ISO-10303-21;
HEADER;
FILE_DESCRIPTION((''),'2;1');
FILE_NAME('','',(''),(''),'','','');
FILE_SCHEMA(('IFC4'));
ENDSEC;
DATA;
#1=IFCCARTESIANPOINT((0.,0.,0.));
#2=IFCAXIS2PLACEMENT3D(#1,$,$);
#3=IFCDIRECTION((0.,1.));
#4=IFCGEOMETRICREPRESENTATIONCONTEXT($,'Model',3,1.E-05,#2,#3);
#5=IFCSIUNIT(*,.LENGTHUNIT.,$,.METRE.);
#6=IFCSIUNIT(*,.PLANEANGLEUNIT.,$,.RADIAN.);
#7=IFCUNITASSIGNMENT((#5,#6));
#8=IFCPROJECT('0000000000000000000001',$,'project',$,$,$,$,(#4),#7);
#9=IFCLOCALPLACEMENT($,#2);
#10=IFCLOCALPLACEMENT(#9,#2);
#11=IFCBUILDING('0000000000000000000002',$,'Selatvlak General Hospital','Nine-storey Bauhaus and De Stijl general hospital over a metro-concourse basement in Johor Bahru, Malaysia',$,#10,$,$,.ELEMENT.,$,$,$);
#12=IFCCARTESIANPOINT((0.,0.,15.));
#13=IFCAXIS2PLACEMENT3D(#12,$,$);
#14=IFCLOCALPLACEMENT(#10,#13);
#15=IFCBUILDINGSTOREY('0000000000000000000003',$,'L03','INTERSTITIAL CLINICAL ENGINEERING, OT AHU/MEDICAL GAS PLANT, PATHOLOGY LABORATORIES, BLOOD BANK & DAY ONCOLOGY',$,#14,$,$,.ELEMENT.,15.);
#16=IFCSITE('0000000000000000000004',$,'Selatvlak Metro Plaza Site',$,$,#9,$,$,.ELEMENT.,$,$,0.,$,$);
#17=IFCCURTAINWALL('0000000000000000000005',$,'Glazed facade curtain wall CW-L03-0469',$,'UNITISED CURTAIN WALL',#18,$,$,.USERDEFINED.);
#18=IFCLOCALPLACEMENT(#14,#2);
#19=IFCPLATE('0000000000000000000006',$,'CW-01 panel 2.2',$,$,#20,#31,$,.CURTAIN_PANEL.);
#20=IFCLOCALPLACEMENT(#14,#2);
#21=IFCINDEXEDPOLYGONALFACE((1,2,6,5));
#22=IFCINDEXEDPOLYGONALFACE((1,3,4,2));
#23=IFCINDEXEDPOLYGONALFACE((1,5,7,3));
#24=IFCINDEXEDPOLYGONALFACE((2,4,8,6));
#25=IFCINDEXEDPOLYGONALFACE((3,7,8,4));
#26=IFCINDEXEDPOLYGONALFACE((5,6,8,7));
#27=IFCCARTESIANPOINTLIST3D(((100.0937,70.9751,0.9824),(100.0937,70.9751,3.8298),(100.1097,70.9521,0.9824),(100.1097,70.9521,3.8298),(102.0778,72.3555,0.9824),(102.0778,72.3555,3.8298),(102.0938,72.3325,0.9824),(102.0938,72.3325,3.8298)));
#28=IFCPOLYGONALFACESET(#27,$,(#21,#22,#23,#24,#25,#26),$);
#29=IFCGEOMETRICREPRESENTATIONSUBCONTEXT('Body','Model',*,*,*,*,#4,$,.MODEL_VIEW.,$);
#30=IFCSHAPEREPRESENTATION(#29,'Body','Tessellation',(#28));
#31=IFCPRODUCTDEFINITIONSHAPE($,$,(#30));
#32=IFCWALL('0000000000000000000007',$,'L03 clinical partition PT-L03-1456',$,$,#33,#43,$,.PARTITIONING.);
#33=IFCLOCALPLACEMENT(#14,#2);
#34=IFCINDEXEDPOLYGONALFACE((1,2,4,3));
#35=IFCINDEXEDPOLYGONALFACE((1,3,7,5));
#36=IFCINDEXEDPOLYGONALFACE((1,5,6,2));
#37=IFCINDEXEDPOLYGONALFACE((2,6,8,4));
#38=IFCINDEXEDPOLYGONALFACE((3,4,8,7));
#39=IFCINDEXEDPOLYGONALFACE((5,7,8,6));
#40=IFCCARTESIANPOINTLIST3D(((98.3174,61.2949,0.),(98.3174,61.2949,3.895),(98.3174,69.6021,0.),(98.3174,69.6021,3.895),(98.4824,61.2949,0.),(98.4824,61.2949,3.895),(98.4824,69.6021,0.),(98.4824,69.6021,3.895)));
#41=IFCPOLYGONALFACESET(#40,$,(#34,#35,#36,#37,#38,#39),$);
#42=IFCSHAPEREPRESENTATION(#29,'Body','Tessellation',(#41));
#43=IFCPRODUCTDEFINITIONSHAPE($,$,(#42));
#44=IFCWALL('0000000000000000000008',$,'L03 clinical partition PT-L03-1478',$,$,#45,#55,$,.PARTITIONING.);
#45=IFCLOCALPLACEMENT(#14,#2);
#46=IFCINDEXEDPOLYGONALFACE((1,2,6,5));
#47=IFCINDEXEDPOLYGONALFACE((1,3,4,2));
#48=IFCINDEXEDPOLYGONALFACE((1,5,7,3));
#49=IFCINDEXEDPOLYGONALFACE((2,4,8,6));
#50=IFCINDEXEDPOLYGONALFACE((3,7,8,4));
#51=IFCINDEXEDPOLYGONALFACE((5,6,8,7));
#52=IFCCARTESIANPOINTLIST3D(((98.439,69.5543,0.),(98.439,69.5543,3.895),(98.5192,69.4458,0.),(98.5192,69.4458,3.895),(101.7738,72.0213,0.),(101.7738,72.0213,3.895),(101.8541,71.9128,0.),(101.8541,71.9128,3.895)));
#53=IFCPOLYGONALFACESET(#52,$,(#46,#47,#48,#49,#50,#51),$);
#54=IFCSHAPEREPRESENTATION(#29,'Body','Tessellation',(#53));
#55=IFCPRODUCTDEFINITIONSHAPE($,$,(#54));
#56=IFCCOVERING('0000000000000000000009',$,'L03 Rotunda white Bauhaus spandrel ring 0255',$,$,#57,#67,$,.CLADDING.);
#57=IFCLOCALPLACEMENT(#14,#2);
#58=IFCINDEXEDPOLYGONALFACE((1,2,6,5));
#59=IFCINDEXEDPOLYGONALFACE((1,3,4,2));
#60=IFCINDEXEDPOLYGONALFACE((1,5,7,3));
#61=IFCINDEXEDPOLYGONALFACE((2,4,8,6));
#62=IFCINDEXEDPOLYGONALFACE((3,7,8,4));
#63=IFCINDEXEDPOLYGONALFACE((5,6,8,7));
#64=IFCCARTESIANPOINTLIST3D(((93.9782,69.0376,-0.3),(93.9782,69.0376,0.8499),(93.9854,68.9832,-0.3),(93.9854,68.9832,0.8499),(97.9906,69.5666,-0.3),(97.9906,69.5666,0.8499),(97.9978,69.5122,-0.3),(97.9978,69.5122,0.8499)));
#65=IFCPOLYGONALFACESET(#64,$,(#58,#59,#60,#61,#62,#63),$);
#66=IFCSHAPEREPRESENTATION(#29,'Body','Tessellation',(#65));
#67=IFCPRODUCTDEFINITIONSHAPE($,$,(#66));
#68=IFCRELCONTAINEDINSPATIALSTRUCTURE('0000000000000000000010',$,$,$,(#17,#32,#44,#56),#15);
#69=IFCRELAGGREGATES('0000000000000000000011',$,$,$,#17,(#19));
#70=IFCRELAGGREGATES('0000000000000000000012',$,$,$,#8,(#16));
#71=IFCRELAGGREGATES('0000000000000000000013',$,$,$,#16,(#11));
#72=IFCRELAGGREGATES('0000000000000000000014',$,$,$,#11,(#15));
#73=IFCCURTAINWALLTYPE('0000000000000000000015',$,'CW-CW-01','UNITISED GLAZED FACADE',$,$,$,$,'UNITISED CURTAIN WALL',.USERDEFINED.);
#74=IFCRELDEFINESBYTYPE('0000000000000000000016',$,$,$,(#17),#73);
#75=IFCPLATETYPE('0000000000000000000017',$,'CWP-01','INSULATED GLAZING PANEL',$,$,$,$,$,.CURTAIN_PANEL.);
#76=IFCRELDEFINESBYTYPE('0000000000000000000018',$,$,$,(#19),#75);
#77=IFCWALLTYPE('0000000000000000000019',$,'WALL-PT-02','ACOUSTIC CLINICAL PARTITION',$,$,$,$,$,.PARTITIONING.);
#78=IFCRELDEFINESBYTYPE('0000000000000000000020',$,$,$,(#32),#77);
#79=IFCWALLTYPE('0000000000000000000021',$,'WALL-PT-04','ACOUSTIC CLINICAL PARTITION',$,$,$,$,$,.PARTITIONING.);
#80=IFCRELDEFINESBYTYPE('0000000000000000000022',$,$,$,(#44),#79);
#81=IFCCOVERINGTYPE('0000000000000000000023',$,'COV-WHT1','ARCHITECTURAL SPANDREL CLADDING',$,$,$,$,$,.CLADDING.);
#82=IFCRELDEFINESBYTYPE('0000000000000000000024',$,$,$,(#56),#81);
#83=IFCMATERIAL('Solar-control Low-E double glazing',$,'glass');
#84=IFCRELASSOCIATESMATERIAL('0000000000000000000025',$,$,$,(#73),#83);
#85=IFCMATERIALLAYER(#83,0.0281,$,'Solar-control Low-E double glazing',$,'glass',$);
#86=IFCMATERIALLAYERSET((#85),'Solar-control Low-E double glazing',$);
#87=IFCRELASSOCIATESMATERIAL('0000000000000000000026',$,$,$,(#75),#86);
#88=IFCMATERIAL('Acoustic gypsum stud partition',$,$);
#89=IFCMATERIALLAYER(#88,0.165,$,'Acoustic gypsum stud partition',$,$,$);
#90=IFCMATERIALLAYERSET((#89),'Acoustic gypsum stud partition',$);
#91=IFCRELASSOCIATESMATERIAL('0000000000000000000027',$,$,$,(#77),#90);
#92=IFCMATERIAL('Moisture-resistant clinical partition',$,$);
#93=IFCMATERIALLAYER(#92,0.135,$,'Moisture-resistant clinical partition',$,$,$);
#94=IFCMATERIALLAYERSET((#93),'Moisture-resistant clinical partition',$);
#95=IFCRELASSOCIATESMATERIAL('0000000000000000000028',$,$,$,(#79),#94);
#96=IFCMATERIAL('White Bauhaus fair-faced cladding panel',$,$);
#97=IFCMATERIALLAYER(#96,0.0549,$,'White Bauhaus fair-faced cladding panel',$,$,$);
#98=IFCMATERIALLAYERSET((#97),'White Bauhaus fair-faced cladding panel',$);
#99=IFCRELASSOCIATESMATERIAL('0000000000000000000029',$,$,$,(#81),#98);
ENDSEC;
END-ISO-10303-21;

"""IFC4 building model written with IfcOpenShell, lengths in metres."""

from ifc_helpers import new_model, si_unit, direction, frame, frame_2d, origin, origin_2d, place, context, subcontext, project, spatial, rectangle, extrude, material, layer, layer_set, type_object, element, aggregate, save


model = new_model("IFC4")

# Units and contexts
model_context = context("Model", 3, precision=1e-05, world=origin(), true_north=direction((0.0, 1.0)))
body_context = subcontext(model_context, "Body", "Model", "MODEL_VIEW")
ifc_project = project(units=[si_unit("LENGTHUNIT", "METRE"), si_unit("PLANEANGLEUNIT", "RADIAN")], contexts=[model_context])

# Site, building, storey
site_placement = place(None, origin())
site = spatial("IfcSite", under=ifc_project, at=site_placement, Name="Selatvlak Metro Plaza Site", CompositionType="ELEMENT", RefElevation=0.0)
building_placement = place(site_placement, origin())
building = spatial("IfcBuilding", under=site, at=building_placement, Name="Selatvlak General Hospital", Description="Nine-storey Bauhaus and De Stijl general hospital over a metro-concourse basement in Johor Bahru, Malaysia", CompositionType="ELEMENT")
storey_placement = place(building_placement, frame((0.0, 0.0, 15.0)))
storey = spatial("IfcBuildingStorey", under=building, at=storey_placement, Name="L03", Description="INTERSTITIAL CLINICAL ENGINEERING, OT AHU/MEDICAL GAS PLANT, PATHOLOGY LABORATORIES, BLOOD BANK & DAY ONCOLOGY", CompositionType="ELEMENT", Elevation=15.0)

# Curtain wall
ifc_material_1 = material(Name="Solar-control Low-E double glazing", Category="glass")
curtain_wall_type_1 = type_object("IfcCurtainWallType", Name="CW-CW-01", Description="UNITISED GLAZED FACADE", ElementType="UNITISED CURTAIN WALL", PredefinedType="USERDEFINED", material=ifc_material_1)
curtain_wall_1_placement = place(storey_placement, origin())
curtain_wall_1 = element("IfcCurtainWall", 1, at=curtain_wall_1_placement, inside=storey, type_object=curtain_wall_type_1, Name="Glazed facade curtain wall CW-L03-0469", ObjectType="UNITISED CURTAIN WALL", PredefinedType="USERDEFINED")

# Plate
ifc_layer_1 = layer(ifc_material_1, 0.0281, Name="Solar-control Low-E double glazing", Category="glass")
ifc_layer_set_1 = layer_set([ifc_layer_1], Name="Solar-control Low-E double glazing")
plate_type = type_object("IfcPlateType", Name="CWP-01", Description="INSULATED GLAZING PANEL", PredefinedType="CURTAIN_PANEL", material=ifc_layer_set_1)
plate_1_placement = place(storey_placement, frame((101.0938, 71.6538, 0.9824), z_axis=(0.0, 0.0, 1.0), x_axis=(0.820873, 0.571111, 0.0)))
plate_1 = element("IfcPlate", 2, at=plate_1_placement, type_object=plate_type, Name="CW-01 panel 2.2", PredefinedType="CURTAIN_PANEL", context=body_context, shape_type="SweptSolid", body=[
    extrude(rectangle(XDim=2.417, YDim=0.0281, at=origin_2d()), origin(), (0.0, 0.0, 1.0), 2.8474),
])
aggregate(curtain_wall_1, [plate_1])

# Walls
ifc_material_2 = material(Name="Acoustic gypsum stud partition")
ifc_layer_2 = layer(ifc_material_2, 0.165, Name="Acoustic gypsum stud partition")
ifc_layer_set_2 = layer_set([ifc_layer_2], Name="Acoustic gypsum stud partition")
wall_type_1 = type_object("IfcWallType", Name="WALL-PT-02", Description="ACOUSTIC CLINICAL PARTITION", PredefinedType="PARTITIONING", material=ifc_layer_set_2)
wall_1_placement = place(storey_placement, frame((98.3999, 69.6021, 0.0), z_axis=(0.0, 0.0, 1.0), x_axis=(0.0, -1.0, 0.0)))
element("IfcWall", 3, at=wall_1_placement, inside=storey, type_object=wall_type_1, Name="L03 clinical partition PT-L03-1456", PredefinedType="PARTITIONING", context=body_context, shape_type="SweptSolid", body=[
    extrude(rectangle(XDim=8.3071, YDim=0.165, at=frame_2d((4.1536, 0.0))), origin(), (0.0, 0.0, 1.0), 3.895),
])
ifc_material_3 = material(Name="Moisture-resistant clinical partition")
ifc_layer_3 = layer(ifc_material_3, 0.135, Name="Moisture-resistant clinical partition")
ifc_layer_set_3 = layer_set([ifc_layer_3], Name="Moisture-resistant clinical partition")
wall_type_2 = type_object("IfcWallType", Name="WALL-PT-04", Description="ACOUSTIC CLINICAL PARTITION", PredefinedType="PARTITIONING", material=ifc_layer_set_3)
wall_2_placement = place(storey_placement, frame((98.479, 69.5, 0.0), z_axis=(0.0, 0.0, 1.0), x_axis=(0.803938, 0.594714, 0.0)))
element("IfcWall", 4, at=wall_2_placement, inside=storey, type_object=wall_type_2, Name="L03 clinical partition PT-L03-1478", PredefinedType="PARTITIONING", context=body_context, shape_type="SweptSolid", body=[
    extrude(rectangle(XDim=4.1482, YDim=0.135, at=frame_2d((2.0742, 0.0))), origin(), (0.0, 0.0, 1.0), 3.895),
])

# Covering
ifc_material_4 = material(Name="White Bauhaus fair-faced cladding panel")
ifc_layer_4 = layer(ifc_material_4, 0.0549, Name="White Bauhaus fair-faced cladding panel")
ifc_layer_set_4 = layer_set([ifc_layer_4], Name="White Bauhaus fair-faced cladding panel")
covering_type = type_object("IfcCoveringType", Name="COV-WHT1", Description="ARCHITECTURAL SPANDREL CLADDING", PredefinedType="CLADDING", material=ifc_layer_set_4)
covering_placement = place(storey_placement, frame((95.988, 69.2749, -0.3), z_axis=(0.0, 0.0, 1.0), x_axis=(0.99142, 0.130717, 0.0)))
element("IfcCovering", 5, at=covering_placement, inside=storey, type_object=covering_type, Name="L03 Rotunda white Bauhaus spandrel ring 0255", PredefinedType="CLADDING", context=body_context, shape_type="SweptSolid", body=[
    extrude(rectangle(XDim=4.0471, YDim=0.0549, at=origin_2d()), origin(), (0.0, 0.0, 1.0), 1.1499),
])

save(model, "model.ifc")
